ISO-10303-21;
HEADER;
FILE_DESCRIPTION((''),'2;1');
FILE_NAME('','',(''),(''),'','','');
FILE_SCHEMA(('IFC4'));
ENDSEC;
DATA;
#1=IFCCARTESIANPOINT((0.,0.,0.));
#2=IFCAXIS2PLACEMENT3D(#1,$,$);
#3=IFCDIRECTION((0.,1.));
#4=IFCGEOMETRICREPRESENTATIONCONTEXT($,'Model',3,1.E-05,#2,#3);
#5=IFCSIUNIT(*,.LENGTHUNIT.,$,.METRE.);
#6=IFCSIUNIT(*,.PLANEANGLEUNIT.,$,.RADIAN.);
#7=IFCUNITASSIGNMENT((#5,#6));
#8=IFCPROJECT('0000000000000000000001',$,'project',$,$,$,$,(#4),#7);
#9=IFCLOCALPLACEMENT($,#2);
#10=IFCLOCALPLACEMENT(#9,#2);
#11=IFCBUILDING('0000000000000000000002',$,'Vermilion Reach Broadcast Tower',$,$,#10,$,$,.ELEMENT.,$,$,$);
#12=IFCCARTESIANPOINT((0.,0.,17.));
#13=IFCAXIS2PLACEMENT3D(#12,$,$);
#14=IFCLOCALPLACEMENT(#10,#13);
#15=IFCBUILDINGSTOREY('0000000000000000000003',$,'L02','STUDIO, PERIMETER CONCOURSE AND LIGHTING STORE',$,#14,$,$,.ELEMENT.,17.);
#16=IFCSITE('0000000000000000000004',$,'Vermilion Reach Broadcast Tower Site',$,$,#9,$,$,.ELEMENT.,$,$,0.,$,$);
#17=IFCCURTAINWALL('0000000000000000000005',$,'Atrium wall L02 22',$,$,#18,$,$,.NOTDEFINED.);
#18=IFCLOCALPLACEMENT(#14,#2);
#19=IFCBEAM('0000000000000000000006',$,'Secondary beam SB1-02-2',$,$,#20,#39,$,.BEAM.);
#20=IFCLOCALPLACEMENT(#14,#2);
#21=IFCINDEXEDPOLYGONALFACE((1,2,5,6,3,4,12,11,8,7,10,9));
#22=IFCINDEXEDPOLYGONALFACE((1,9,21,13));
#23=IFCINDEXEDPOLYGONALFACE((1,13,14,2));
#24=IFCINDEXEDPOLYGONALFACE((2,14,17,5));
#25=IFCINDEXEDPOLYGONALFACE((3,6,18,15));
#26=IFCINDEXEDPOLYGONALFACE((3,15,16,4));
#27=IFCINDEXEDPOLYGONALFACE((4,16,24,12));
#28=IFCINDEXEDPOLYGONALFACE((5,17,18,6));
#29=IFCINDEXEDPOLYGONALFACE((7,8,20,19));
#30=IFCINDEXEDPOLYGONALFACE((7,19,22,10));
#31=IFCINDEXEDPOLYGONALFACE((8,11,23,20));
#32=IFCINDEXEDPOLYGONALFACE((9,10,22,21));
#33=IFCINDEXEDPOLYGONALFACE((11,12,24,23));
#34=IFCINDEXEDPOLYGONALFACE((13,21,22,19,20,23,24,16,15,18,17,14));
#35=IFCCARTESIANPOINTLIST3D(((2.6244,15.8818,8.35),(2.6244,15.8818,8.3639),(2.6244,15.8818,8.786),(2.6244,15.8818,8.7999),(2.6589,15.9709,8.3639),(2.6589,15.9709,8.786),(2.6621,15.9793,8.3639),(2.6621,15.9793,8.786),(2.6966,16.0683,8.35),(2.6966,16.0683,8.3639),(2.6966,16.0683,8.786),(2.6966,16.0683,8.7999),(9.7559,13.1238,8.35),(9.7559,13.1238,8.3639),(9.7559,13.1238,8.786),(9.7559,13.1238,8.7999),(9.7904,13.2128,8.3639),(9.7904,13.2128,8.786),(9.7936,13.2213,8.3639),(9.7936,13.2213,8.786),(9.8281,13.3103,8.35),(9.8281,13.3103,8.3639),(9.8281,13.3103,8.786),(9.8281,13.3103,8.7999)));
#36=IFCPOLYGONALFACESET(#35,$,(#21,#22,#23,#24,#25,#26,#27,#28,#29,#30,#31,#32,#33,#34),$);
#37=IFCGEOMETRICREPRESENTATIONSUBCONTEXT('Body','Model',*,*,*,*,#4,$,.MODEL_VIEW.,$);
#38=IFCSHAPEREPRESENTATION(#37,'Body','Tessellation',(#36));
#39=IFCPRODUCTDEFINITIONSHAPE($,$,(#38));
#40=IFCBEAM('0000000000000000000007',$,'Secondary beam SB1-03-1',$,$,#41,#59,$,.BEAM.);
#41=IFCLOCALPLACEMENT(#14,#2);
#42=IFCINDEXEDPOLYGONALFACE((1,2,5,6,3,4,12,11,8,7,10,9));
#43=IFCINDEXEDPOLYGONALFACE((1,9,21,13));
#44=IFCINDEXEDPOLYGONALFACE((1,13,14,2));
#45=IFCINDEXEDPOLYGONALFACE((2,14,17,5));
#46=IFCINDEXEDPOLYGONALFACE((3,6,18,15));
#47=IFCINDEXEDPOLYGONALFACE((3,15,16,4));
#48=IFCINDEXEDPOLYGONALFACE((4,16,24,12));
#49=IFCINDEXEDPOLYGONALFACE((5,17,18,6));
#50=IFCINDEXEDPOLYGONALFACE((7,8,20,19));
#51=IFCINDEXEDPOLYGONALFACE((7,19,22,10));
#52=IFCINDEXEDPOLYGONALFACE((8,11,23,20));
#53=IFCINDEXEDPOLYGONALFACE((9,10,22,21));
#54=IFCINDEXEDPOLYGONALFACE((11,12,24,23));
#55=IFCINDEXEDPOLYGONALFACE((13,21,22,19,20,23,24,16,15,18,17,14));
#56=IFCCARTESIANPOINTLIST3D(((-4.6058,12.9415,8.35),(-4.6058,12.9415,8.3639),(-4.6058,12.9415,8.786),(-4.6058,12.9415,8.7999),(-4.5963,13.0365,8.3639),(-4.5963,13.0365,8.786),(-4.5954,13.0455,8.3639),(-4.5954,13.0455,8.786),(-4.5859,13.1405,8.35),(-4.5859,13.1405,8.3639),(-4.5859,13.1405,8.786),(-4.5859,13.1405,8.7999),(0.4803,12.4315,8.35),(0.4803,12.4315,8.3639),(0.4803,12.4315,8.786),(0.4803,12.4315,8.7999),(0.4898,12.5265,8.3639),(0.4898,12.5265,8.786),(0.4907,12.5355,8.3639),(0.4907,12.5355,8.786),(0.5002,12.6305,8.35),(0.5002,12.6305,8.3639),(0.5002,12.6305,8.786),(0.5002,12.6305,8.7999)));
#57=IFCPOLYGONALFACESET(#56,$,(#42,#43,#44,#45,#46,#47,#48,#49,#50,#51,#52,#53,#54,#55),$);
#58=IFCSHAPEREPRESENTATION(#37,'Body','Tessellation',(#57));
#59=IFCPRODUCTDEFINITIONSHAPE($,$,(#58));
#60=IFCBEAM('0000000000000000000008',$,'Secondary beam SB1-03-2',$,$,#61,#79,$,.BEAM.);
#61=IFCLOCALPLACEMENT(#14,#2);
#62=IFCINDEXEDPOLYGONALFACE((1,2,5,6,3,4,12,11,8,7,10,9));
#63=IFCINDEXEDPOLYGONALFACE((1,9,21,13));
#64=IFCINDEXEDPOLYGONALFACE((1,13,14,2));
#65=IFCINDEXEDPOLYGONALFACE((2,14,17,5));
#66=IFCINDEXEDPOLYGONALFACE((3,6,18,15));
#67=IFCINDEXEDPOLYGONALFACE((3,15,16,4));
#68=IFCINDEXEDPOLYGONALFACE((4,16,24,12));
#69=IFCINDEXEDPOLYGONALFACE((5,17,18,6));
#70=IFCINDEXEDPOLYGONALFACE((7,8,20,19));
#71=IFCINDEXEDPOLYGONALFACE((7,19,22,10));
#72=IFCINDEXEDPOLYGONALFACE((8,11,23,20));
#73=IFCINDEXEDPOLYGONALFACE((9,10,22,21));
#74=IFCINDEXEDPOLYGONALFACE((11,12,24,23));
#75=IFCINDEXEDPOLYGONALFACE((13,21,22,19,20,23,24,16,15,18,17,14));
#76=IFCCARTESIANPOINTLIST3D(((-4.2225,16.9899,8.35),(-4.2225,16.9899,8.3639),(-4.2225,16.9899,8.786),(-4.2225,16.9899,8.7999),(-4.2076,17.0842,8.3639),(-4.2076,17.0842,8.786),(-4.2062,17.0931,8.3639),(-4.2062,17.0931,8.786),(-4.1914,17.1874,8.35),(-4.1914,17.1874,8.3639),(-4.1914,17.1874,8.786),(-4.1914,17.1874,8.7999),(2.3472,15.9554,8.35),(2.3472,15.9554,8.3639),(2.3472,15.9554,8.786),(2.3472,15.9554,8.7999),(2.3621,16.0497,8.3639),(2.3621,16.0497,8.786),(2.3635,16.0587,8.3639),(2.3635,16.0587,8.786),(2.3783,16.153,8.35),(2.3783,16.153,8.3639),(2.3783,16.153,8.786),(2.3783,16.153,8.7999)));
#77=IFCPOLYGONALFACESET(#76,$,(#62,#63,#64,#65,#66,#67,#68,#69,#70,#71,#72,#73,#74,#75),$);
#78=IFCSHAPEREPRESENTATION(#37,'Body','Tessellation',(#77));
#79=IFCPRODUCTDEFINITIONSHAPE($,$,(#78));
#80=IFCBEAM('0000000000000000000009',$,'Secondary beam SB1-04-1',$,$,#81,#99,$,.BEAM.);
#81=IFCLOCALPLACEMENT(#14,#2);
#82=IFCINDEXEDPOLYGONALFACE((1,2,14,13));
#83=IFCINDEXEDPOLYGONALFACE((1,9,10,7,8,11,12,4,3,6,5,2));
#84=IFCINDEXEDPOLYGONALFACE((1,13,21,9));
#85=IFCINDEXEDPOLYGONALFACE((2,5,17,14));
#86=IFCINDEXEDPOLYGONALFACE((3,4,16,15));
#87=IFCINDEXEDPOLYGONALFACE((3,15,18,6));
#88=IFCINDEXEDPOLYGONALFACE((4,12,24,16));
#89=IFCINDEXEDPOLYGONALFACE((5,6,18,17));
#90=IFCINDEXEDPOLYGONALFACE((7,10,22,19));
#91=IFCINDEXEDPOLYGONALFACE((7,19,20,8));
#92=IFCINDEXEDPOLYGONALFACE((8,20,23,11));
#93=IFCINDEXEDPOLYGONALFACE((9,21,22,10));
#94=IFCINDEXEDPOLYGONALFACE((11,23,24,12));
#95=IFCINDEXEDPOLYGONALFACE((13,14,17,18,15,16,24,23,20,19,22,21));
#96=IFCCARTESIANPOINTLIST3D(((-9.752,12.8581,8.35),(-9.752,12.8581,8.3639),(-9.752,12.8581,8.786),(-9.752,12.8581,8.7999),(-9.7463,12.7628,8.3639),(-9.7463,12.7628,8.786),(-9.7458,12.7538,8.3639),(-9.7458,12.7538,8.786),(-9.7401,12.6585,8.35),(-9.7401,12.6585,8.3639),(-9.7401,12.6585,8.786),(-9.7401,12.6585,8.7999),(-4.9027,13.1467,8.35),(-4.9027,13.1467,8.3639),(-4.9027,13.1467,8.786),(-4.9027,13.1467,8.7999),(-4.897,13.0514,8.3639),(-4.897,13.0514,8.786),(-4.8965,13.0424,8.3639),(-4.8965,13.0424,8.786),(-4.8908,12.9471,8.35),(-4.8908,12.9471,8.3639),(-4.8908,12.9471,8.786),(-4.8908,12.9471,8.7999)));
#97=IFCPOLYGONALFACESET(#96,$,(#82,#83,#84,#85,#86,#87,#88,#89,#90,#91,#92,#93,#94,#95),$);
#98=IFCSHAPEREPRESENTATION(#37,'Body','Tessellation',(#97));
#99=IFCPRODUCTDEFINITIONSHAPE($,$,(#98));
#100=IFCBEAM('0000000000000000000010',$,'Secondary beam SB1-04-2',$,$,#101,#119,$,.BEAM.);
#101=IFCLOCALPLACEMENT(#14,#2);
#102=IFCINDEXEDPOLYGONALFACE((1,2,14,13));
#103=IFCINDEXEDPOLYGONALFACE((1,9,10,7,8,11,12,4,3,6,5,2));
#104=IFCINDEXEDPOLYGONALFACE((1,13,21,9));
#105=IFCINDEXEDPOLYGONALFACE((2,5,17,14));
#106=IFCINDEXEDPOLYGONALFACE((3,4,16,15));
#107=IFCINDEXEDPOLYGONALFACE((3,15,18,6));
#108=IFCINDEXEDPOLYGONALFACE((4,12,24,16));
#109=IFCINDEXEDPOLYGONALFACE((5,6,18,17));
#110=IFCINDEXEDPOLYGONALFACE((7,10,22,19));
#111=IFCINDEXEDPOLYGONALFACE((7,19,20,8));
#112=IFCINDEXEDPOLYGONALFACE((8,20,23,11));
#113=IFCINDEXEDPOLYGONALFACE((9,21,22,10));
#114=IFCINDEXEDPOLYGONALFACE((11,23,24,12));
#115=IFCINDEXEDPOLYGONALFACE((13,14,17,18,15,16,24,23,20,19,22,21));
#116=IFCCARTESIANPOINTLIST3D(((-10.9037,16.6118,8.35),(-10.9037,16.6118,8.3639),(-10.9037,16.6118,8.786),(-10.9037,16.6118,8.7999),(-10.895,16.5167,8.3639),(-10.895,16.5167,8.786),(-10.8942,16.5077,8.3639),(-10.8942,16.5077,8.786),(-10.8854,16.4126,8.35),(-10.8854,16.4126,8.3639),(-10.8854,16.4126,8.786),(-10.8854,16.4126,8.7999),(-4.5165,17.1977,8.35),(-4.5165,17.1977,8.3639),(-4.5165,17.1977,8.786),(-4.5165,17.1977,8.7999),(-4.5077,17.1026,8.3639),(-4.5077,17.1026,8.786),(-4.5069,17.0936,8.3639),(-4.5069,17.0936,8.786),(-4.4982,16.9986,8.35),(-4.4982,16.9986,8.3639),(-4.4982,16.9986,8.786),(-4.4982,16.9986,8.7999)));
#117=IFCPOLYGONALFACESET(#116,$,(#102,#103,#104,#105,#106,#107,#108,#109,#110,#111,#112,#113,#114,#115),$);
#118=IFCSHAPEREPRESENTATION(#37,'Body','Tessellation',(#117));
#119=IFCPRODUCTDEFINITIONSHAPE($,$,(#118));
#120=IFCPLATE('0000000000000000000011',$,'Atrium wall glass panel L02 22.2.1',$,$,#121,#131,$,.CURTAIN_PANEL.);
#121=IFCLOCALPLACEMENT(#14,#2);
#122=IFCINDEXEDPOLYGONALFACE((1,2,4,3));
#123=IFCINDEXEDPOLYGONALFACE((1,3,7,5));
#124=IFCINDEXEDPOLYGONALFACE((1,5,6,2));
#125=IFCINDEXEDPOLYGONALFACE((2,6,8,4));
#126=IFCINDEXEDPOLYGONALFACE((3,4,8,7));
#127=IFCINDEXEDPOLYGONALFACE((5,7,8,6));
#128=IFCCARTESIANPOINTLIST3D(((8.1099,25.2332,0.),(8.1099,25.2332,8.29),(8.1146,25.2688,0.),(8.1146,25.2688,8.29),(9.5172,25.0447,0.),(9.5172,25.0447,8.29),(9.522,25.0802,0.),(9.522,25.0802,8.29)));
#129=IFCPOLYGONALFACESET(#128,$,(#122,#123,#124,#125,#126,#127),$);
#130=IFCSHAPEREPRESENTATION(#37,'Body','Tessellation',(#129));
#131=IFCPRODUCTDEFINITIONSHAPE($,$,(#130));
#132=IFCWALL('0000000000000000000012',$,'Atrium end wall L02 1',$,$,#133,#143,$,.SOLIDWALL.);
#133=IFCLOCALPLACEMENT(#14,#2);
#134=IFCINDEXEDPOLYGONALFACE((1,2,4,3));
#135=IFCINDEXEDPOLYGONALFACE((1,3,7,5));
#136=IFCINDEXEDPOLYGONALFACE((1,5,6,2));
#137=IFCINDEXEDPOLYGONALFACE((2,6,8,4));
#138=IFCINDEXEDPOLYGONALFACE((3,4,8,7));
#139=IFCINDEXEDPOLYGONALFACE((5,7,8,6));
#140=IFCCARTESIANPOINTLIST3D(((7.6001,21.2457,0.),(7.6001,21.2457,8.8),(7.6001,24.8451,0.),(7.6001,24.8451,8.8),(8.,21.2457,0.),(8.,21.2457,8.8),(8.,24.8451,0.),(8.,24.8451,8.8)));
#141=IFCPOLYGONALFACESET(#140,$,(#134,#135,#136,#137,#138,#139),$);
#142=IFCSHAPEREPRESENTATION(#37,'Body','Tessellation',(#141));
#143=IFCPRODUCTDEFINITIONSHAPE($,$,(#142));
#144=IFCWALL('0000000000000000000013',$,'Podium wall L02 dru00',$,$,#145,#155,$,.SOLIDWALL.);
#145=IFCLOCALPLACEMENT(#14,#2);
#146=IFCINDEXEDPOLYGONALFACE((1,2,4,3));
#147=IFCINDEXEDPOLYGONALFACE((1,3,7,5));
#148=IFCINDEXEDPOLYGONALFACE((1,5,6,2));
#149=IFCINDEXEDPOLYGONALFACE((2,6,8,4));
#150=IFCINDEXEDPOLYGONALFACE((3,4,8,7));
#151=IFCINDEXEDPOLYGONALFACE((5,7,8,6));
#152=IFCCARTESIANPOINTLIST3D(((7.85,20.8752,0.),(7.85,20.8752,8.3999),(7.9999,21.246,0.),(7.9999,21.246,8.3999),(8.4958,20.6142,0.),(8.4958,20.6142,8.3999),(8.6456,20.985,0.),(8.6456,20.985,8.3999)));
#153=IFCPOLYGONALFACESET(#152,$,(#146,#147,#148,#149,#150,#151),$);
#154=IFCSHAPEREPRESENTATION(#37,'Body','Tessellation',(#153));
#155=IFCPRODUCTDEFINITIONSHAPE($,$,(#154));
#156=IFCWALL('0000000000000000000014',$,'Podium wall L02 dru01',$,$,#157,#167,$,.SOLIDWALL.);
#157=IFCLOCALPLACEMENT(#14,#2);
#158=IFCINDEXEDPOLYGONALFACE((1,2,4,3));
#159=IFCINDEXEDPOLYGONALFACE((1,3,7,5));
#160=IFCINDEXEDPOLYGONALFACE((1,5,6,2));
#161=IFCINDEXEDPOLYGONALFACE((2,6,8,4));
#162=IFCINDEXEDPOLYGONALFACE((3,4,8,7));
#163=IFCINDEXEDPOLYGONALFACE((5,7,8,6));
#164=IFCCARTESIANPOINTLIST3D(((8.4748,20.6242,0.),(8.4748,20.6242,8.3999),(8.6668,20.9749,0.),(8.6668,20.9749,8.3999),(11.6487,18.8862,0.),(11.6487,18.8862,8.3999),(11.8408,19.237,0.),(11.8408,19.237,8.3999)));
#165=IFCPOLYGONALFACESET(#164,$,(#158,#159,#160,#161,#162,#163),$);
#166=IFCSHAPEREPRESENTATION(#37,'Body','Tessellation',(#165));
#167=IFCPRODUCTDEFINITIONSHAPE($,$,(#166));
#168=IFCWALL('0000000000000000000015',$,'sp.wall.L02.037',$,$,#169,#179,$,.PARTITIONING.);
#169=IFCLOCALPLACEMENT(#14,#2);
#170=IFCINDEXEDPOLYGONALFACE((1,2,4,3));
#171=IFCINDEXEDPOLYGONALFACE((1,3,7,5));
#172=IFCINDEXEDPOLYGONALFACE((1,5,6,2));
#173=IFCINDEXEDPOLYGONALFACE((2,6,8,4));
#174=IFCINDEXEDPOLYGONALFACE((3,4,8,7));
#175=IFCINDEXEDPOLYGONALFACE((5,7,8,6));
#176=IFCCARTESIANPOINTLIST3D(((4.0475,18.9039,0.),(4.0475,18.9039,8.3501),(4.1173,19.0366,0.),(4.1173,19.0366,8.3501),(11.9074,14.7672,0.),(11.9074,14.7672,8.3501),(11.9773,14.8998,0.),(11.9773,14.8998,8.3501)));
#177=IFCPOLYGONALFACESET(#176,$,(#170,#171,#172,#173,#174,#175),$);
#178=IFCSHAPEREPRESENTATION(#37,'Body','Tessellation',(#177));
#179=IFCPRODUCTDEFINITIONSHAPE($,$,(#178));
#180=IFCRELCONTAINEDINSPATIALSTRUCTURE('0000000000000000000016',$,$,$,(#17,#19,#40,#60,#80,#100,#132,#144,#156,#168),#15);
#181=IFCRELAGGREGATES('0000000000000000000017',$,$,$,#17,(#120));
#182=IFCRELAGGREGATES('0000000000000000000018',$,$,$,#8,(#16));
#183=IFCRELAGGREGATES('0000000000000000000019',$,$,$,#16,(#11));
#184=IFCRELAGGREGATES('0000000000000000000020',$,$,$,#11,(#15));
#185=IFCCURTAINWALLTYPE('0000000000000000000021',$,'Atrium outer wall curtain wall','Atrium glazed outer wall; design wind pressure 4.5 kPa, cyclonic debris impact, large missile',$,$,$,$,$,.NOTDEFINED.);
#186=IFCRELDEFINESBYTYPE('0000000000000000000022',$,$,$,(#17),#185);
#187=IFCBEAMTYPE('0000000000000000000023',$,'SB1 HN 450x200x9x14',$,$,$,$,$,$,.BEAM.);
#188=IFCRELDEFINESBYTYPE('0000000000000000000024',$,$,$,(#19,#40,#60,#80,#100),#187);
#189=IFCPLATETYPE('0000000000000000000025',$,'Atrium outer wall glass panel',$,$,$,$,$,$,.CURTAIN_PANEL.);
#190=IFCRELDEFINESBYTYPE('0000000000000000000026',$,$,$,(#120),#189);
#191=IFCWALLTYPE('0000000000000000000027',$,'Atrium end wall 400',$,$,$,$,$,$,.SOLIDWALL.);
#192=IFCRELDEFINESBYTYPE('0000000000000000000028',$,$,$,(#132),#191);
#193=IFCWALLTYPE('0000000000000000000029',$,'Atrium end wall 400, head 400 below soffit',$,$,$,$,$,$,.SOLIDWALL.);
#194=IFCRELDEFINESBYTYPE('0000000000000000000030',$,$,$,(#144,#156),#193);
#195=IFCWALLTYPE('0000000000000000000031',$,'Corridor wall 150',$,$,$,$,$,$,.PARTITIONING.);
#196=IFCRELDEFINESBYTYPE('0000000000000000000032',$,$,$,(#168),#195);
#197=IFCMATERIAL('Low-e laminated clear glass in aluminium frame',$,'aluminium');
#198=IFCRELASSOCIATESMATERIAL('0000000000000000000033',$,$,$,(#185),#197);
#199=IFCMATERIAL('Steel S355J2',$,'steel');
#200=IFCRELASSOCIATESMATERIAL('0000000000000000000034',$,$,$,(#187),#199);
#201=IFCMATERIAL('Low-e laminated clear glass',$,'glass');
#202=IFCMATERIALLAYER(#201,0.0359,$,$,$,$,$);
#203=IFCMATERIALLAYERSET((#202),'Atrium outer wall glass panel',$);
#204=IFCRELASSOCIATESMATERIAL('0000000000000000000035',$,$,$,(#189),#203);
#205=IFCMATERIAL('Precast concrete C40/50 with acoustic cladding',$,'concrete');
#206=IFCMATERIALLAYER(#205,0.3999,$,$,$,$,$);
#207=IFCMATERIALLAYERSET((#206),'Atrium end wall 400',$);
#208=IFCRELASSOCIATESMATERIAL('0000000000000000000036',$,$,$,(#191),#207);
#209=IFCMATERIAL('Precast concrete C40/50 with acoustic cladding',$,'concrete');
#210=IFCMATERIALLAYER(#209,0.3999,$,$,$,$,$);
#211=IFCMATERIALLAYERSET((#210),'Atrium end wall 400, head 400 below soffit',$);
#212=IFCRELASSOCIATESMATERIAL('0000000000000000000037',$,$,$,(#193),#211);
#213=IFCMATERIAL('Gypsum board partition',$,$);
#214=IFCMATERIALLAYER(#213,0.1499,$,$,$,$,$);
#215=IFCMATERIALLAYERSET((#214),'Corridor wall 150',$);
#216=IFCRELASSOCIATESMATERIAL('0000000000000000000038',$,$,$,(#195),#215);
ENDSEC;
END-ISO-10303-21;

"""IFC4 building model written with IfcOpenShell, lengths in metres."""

from ifc_helpers import new_model, si_unit, direction, frame, frame_2d, origin, origin_2d, place, context, subcontext, project, spatial, rectangle, i_section, extrude, material, layer, layer_set, material_profile, profile_set, type_object, element, aggregate, save


model = new_model("IFC4")

# Units and contexts
model_context = context("Model", 3, precision=1e-05, world=origin(), true_north=direction((0.0, 1.0)))
body_context = subcontext(model_context, "Body", "Model", "MODEL_VIEW")
ifc_project = project(units=[si_unit("LENGTHUNIT", "METRE"), si_unit("PLANEANGLEUNIT", "RADIAN")], contexts=[model_context])

# Site, building, storey
site_placement = place(None, origin())
site = spatial("IfcSite", under=ifc_project, at=site_placement, Name="Vermilion Reach Broadcast Tower Site", CompositionType="ELEMENT", RefElevation=0.0)
building_placement = place(site_placement, origin())
building = spatial("IfcBuilding", under=site, at=building_placement, Name="Vermilion Reach Broadcast Tower", CompositionType="ELEMENT")
storey_placement = place(building_placement, frame((0.0, 0.0, 17.0)))
storey = spatial("IfcBuildingStorey", under=building, at=storey_placement, Name="L02", Description="STUDIO, PERIMETER CONCOURSE AND LIGHTING STORE", CompositionType="ELEMENT", Elevation=17.0)

# Curtain wall
ifc_material_1 = material(Name="Low-e laminated clear glass in aluminium frame", Category="aluminium")
curtain_wall_type = type_object("IfcCurtainWallType", Name="Atrium outer wall curtain wall", Description="Atrium glazed outer wall; design wind pressure 4.5 kPa, cyclonic debris impact, large missile", PredefinedType="NOTDEFINED", material=ifc_material_1)
curtain_wall_placement = place(storey_placement, origin())
curtain_wall = element("IfcCurtainWall", 1, at=curtain_wall_placement, inside=storey, type_object=curtain_wall_type, Name="Atrium wall L02 22", PredefinedType="NOTDEFINED")

# Beams
ifc_material_2 = material(Name="Steel S355J2", Category="steel")
ifc_material_profile_1 = material_profile(ifc_material_2, i_section(OverallWidth=0.2, OverallDepth=0.45, WebThickness=0.009, FlangeThickness=0.0139, at=origin_2d()), Name="S355J2 HN 450x200x9x14")
ifc_profile_set_1 = profile_set([ifc_material_profile_1], Name="Steel S355J2")
beam_type_1 = type_object("IfcBeamType", Name="SB1 HN 450x200x9x14", PredefinedType="BEAM", material=ifc_profile_set_1)
beam_1_placement = place(storey_placement, frame((9.792, 13.217, 8.575), z_axis=(-0.932681, 0.360703, 0.0), x_axis=(-0.360703, -0.932681, 0.0)))
element("IfcBeam", 2, at=beam_1_placement, inside=storey, type_object=beam_type_1, Name="Secondary beam SB1-02-2", PredefinedType="BEAM", context=body_context, shape_type="SweptSolid", body=[
    extrude(i_section(OverallWidth=0.2, OverallDepth=0.45, WebThickness=0.009, FlangeThickness=0.0139, at=origin_2d()), origin(), (0.0, 0.0, 1.0), 7.6462),
])
beam_2_placement = place(storey_placement, frame((0.4902, 12.531, 8.575), z_axis=(-0.99501, 0.099773, 0.0), x_axis=(-0.099773, -0.99501, 0.0)))
element("IfcBeam", 3, at=beam_2_placement, inside=storey, type_object=beam_type_1, Name="Secondary beam SB1-03-1", PredefinedType="BEAM", context=body_context, shape_type="SweptSolid", body=[
    extrude(i_section(OverallWidth=0.2, OverallDepth=0.45, WebThickness=0.009, FlangeThickness=0.0139, at=origin_2d()), origin(), (0.0, 0.0, 1.0), 5.1116),
])
beam_3_placement = place(storey_placement, frame((2.3628, 16.0542, 8.575), z_axis=(-0.98783, 0.15554, 0.0), x_axis=(-0.15554, -0.98783, 0.0)))
element("IfcBeam", 4, at=beam_3_placement, inside=storey, type_object=beam_type_1, Name="Secondary beam SB1-03-2", PredefinedType="BEAM", context=body_context, shape_type="SweptSolid", body=[
    extrude(i_section(OverallWidth=0.2, OverallDepth=0.45, WebThickness=0.009, FlangeThickness=0.0139, at=origin_2d()), origin(), (0.0, 0.0, 1.0), 6.6506),
])
beam_4_placement = place(storey_placement, frame((-4.8967, 13.0469, 8.575), z_axis=(-0.998234, -0.059403, 0.0), x_axis=(0.059403, -0.998234, 0.0)))
element("IfcBeam", 5, at=beam_4_placement, inside=storey, type_object=beam_type_1, Name="Secondary beam SB1-04-1", PredefinedType="BEAM", context=body_context, shape_type="SweptSolid", body=[
    extrude(i_section(OverallWidth=0.2, OverallDepth=0.45, WebThickness=0.009, FlangeThickness=0.0139, at=origin_2d()), origin(), (0.0, 0.0, 1.0), 4.8579),
])
beam_5_placement = place(storey_placement, frame((-4.5073, 17.0981, 8.575), z_axis=(-0.995819, -0.091353, 0.0), x_axis=(0.091353, -0.995819, 0.0)))
element("IfcBeam", 6, at=beam_5_placement, inside=storey, type_object=beam_type_1, Name="Secondary beam SB1-04-2", PredefinedType="BEAM", context=body_context, shape_type="SweptSolid", body=[
    extrude(i_section(OverallWidth=0.2, OverallDepth=0.45, WebThickness=0.009, FlangeThickness=0.0139, at=origin_2d()), origin(), (0.0, 0.0, 1.0), 6.4141),
])

# Plate
ifc_material_3 = material(Name="Low-e laminated clear glass", Category="glass")
ifc_layer_1 = layer(ifc_material_3, 0.0359)
ifc_layer_set_1 = layer_set([ifc_layer_1], Name="Atrium outer wall glass panel")
plate_type = type_object("IfcPlateType", Name="Atrium outer wall glass panel", PredefinedType="CURTAIN_PANEL", material=ifc_layer_set_1)
plate_placement = place(storey_placement, frame((8.8159, 25.1567, 0.0), z_axis=(0.0, 0.0, 1.0), x_axis=(-0.991144, 0.132794, 0.0)))
plate = element("IfcPlate", 7, at=plate_placement, type_object=plate_type, Name="Atrium wall glass panel L02 22.2.1", PredefinedType="CURTAIN_PANEL", context=body_context, shape_type="SweptSolid", body=[
    extrude(rectangle(XDim=1.4199, YDim=0.0359, at=origin_2d()), origin(), (0.0, 0.0, 1.0), 8.29),
])
aggregate(curtain_wall, [plate])

# Walls
ifc_material_4 = material(Name="Precast concrete C40/50 with acoustic cladding", Category="concrete")
ifc_layer_2 = layer(ifc_material_4, 0.3999)
ifc_layer_set_2 = layer_set([ifc_layer_2], Name="Atrium end wall 400")
wall_type_1 = type_object("IfcWallType", Name="Atrium end wall 400", PredefinedType="SOLIDWALL", material=ifc_layer_set_2)
wall_1_placement = place(storey_placement, frame((7.8, 24.8452, 0.0), z_axis=(0.0, 0.0, 1.0), x_axis=(0.0, -1.0, 0.0)))
element("IfcWall", 8, at=wall_1_placement, inside=storey, type_object=wall_type_1, Name="Atrium end wall L02 1", PredefinedType="SOLIDWALL", context=body_context, shape_type="SweptSolid", body=[
    extrude(rectangle(XDim=3.5994, YDim=0.3999, at=frame_2d((1.7998, 0.0))), origin(), (0.0, 0.0, 1.0), 8.8),
])
ifc_material_5 = material(Name="Precast concrete C40/50 with acoustic cladding", Category="concrete")
ifc_layer_3 = layer(ifc_material_5, 0.3999)
ifc_layer_set_3 = layer_set([ifc_layer_3], Name="Atrium end wall 400, head 400 below soffit")
wall_type_2 = type_object("IfcWallType", Name="Atrium end wall 400, head 400 below soffit", PredefinedType="SOLIDWALL", material=ifc_layer_set_3)
wall_2_placement = place(storey_placement, frame((7.925, 21.0605, 0.0), z_axis=(0.0, 0.0, 1.0), x_axis=(0.927141, -0.374712, 0.0)))
element("IfcWall", 9, at=wall_2_placement, inside=storey, type_object=wall_type_2, Name="Podium wall L02 dru00", PredefinedType="SOLIDWALL", context=body_context, shape_type="SweptSolid", body=[
    extrude(rectangle(XDim=0.6965, YDim=0.3999, at=frame_2d((0.3481, 0.0))), origin(), (0.0, 0.0, 1.0), 8.3999),
])
wall_3_placement = place(storey_placement, frame((8.5708, 20.7996, 0.0), z_axis=(0.0, 0.0, 1.0), x_axis=(0.877113, -0.480284, 0.0)))
element("IfcWall", 10, at=wall_3_placement, inside=storey, type_object=wall_type_2, Name="Podium wall L02 dru01", PredefinedType="SOLIDWALL", context=body_context, shape_type="SweptSolid", body=[
    extrude(rectangle(XDim=3.6187, YDim=0.3999, at=frame_2d((1.8093, 0.0))), origin(), (0.0, 0.0, 1.0), 8.3999),
])
ifc_material_6 = material(Name="Gypsum board partition")
ifc_layer_4 = layer(ifc_material_6, 0.1499)
ifc_layer_set_4 = layer_set([ifc_layer_4], Name="Corridor wall 150")
wall_type_3 = type_object("IfcWallType", Name="Corridor wall 150", PredefinedType="PARTITIONING", material=ifc_layer_set_4)
wall_4_placement = place(storey_placement, frame((4.0825, 18.9702, 0.0), z_axis=(0.0, 0.0, 1.0), x_axis=(0.884921, -0.465742, 0.0)))
element("IfcWall", 11, at=wall_4_placement, inside=storey, type_object=wall_type_3, Name="sp.wall.L02.037", PredefinedType="PARTITIONING", context=body_context, shape_type="SweptSolid", body=[
    extrude(rectangle(XDim=8.8821, YDim=0.1499, at=frame_2d((4.4409, 0.0))), origin(), (0.0, 0.0, 1.0), 8.3501),
])

save(model, "model.ifc")
